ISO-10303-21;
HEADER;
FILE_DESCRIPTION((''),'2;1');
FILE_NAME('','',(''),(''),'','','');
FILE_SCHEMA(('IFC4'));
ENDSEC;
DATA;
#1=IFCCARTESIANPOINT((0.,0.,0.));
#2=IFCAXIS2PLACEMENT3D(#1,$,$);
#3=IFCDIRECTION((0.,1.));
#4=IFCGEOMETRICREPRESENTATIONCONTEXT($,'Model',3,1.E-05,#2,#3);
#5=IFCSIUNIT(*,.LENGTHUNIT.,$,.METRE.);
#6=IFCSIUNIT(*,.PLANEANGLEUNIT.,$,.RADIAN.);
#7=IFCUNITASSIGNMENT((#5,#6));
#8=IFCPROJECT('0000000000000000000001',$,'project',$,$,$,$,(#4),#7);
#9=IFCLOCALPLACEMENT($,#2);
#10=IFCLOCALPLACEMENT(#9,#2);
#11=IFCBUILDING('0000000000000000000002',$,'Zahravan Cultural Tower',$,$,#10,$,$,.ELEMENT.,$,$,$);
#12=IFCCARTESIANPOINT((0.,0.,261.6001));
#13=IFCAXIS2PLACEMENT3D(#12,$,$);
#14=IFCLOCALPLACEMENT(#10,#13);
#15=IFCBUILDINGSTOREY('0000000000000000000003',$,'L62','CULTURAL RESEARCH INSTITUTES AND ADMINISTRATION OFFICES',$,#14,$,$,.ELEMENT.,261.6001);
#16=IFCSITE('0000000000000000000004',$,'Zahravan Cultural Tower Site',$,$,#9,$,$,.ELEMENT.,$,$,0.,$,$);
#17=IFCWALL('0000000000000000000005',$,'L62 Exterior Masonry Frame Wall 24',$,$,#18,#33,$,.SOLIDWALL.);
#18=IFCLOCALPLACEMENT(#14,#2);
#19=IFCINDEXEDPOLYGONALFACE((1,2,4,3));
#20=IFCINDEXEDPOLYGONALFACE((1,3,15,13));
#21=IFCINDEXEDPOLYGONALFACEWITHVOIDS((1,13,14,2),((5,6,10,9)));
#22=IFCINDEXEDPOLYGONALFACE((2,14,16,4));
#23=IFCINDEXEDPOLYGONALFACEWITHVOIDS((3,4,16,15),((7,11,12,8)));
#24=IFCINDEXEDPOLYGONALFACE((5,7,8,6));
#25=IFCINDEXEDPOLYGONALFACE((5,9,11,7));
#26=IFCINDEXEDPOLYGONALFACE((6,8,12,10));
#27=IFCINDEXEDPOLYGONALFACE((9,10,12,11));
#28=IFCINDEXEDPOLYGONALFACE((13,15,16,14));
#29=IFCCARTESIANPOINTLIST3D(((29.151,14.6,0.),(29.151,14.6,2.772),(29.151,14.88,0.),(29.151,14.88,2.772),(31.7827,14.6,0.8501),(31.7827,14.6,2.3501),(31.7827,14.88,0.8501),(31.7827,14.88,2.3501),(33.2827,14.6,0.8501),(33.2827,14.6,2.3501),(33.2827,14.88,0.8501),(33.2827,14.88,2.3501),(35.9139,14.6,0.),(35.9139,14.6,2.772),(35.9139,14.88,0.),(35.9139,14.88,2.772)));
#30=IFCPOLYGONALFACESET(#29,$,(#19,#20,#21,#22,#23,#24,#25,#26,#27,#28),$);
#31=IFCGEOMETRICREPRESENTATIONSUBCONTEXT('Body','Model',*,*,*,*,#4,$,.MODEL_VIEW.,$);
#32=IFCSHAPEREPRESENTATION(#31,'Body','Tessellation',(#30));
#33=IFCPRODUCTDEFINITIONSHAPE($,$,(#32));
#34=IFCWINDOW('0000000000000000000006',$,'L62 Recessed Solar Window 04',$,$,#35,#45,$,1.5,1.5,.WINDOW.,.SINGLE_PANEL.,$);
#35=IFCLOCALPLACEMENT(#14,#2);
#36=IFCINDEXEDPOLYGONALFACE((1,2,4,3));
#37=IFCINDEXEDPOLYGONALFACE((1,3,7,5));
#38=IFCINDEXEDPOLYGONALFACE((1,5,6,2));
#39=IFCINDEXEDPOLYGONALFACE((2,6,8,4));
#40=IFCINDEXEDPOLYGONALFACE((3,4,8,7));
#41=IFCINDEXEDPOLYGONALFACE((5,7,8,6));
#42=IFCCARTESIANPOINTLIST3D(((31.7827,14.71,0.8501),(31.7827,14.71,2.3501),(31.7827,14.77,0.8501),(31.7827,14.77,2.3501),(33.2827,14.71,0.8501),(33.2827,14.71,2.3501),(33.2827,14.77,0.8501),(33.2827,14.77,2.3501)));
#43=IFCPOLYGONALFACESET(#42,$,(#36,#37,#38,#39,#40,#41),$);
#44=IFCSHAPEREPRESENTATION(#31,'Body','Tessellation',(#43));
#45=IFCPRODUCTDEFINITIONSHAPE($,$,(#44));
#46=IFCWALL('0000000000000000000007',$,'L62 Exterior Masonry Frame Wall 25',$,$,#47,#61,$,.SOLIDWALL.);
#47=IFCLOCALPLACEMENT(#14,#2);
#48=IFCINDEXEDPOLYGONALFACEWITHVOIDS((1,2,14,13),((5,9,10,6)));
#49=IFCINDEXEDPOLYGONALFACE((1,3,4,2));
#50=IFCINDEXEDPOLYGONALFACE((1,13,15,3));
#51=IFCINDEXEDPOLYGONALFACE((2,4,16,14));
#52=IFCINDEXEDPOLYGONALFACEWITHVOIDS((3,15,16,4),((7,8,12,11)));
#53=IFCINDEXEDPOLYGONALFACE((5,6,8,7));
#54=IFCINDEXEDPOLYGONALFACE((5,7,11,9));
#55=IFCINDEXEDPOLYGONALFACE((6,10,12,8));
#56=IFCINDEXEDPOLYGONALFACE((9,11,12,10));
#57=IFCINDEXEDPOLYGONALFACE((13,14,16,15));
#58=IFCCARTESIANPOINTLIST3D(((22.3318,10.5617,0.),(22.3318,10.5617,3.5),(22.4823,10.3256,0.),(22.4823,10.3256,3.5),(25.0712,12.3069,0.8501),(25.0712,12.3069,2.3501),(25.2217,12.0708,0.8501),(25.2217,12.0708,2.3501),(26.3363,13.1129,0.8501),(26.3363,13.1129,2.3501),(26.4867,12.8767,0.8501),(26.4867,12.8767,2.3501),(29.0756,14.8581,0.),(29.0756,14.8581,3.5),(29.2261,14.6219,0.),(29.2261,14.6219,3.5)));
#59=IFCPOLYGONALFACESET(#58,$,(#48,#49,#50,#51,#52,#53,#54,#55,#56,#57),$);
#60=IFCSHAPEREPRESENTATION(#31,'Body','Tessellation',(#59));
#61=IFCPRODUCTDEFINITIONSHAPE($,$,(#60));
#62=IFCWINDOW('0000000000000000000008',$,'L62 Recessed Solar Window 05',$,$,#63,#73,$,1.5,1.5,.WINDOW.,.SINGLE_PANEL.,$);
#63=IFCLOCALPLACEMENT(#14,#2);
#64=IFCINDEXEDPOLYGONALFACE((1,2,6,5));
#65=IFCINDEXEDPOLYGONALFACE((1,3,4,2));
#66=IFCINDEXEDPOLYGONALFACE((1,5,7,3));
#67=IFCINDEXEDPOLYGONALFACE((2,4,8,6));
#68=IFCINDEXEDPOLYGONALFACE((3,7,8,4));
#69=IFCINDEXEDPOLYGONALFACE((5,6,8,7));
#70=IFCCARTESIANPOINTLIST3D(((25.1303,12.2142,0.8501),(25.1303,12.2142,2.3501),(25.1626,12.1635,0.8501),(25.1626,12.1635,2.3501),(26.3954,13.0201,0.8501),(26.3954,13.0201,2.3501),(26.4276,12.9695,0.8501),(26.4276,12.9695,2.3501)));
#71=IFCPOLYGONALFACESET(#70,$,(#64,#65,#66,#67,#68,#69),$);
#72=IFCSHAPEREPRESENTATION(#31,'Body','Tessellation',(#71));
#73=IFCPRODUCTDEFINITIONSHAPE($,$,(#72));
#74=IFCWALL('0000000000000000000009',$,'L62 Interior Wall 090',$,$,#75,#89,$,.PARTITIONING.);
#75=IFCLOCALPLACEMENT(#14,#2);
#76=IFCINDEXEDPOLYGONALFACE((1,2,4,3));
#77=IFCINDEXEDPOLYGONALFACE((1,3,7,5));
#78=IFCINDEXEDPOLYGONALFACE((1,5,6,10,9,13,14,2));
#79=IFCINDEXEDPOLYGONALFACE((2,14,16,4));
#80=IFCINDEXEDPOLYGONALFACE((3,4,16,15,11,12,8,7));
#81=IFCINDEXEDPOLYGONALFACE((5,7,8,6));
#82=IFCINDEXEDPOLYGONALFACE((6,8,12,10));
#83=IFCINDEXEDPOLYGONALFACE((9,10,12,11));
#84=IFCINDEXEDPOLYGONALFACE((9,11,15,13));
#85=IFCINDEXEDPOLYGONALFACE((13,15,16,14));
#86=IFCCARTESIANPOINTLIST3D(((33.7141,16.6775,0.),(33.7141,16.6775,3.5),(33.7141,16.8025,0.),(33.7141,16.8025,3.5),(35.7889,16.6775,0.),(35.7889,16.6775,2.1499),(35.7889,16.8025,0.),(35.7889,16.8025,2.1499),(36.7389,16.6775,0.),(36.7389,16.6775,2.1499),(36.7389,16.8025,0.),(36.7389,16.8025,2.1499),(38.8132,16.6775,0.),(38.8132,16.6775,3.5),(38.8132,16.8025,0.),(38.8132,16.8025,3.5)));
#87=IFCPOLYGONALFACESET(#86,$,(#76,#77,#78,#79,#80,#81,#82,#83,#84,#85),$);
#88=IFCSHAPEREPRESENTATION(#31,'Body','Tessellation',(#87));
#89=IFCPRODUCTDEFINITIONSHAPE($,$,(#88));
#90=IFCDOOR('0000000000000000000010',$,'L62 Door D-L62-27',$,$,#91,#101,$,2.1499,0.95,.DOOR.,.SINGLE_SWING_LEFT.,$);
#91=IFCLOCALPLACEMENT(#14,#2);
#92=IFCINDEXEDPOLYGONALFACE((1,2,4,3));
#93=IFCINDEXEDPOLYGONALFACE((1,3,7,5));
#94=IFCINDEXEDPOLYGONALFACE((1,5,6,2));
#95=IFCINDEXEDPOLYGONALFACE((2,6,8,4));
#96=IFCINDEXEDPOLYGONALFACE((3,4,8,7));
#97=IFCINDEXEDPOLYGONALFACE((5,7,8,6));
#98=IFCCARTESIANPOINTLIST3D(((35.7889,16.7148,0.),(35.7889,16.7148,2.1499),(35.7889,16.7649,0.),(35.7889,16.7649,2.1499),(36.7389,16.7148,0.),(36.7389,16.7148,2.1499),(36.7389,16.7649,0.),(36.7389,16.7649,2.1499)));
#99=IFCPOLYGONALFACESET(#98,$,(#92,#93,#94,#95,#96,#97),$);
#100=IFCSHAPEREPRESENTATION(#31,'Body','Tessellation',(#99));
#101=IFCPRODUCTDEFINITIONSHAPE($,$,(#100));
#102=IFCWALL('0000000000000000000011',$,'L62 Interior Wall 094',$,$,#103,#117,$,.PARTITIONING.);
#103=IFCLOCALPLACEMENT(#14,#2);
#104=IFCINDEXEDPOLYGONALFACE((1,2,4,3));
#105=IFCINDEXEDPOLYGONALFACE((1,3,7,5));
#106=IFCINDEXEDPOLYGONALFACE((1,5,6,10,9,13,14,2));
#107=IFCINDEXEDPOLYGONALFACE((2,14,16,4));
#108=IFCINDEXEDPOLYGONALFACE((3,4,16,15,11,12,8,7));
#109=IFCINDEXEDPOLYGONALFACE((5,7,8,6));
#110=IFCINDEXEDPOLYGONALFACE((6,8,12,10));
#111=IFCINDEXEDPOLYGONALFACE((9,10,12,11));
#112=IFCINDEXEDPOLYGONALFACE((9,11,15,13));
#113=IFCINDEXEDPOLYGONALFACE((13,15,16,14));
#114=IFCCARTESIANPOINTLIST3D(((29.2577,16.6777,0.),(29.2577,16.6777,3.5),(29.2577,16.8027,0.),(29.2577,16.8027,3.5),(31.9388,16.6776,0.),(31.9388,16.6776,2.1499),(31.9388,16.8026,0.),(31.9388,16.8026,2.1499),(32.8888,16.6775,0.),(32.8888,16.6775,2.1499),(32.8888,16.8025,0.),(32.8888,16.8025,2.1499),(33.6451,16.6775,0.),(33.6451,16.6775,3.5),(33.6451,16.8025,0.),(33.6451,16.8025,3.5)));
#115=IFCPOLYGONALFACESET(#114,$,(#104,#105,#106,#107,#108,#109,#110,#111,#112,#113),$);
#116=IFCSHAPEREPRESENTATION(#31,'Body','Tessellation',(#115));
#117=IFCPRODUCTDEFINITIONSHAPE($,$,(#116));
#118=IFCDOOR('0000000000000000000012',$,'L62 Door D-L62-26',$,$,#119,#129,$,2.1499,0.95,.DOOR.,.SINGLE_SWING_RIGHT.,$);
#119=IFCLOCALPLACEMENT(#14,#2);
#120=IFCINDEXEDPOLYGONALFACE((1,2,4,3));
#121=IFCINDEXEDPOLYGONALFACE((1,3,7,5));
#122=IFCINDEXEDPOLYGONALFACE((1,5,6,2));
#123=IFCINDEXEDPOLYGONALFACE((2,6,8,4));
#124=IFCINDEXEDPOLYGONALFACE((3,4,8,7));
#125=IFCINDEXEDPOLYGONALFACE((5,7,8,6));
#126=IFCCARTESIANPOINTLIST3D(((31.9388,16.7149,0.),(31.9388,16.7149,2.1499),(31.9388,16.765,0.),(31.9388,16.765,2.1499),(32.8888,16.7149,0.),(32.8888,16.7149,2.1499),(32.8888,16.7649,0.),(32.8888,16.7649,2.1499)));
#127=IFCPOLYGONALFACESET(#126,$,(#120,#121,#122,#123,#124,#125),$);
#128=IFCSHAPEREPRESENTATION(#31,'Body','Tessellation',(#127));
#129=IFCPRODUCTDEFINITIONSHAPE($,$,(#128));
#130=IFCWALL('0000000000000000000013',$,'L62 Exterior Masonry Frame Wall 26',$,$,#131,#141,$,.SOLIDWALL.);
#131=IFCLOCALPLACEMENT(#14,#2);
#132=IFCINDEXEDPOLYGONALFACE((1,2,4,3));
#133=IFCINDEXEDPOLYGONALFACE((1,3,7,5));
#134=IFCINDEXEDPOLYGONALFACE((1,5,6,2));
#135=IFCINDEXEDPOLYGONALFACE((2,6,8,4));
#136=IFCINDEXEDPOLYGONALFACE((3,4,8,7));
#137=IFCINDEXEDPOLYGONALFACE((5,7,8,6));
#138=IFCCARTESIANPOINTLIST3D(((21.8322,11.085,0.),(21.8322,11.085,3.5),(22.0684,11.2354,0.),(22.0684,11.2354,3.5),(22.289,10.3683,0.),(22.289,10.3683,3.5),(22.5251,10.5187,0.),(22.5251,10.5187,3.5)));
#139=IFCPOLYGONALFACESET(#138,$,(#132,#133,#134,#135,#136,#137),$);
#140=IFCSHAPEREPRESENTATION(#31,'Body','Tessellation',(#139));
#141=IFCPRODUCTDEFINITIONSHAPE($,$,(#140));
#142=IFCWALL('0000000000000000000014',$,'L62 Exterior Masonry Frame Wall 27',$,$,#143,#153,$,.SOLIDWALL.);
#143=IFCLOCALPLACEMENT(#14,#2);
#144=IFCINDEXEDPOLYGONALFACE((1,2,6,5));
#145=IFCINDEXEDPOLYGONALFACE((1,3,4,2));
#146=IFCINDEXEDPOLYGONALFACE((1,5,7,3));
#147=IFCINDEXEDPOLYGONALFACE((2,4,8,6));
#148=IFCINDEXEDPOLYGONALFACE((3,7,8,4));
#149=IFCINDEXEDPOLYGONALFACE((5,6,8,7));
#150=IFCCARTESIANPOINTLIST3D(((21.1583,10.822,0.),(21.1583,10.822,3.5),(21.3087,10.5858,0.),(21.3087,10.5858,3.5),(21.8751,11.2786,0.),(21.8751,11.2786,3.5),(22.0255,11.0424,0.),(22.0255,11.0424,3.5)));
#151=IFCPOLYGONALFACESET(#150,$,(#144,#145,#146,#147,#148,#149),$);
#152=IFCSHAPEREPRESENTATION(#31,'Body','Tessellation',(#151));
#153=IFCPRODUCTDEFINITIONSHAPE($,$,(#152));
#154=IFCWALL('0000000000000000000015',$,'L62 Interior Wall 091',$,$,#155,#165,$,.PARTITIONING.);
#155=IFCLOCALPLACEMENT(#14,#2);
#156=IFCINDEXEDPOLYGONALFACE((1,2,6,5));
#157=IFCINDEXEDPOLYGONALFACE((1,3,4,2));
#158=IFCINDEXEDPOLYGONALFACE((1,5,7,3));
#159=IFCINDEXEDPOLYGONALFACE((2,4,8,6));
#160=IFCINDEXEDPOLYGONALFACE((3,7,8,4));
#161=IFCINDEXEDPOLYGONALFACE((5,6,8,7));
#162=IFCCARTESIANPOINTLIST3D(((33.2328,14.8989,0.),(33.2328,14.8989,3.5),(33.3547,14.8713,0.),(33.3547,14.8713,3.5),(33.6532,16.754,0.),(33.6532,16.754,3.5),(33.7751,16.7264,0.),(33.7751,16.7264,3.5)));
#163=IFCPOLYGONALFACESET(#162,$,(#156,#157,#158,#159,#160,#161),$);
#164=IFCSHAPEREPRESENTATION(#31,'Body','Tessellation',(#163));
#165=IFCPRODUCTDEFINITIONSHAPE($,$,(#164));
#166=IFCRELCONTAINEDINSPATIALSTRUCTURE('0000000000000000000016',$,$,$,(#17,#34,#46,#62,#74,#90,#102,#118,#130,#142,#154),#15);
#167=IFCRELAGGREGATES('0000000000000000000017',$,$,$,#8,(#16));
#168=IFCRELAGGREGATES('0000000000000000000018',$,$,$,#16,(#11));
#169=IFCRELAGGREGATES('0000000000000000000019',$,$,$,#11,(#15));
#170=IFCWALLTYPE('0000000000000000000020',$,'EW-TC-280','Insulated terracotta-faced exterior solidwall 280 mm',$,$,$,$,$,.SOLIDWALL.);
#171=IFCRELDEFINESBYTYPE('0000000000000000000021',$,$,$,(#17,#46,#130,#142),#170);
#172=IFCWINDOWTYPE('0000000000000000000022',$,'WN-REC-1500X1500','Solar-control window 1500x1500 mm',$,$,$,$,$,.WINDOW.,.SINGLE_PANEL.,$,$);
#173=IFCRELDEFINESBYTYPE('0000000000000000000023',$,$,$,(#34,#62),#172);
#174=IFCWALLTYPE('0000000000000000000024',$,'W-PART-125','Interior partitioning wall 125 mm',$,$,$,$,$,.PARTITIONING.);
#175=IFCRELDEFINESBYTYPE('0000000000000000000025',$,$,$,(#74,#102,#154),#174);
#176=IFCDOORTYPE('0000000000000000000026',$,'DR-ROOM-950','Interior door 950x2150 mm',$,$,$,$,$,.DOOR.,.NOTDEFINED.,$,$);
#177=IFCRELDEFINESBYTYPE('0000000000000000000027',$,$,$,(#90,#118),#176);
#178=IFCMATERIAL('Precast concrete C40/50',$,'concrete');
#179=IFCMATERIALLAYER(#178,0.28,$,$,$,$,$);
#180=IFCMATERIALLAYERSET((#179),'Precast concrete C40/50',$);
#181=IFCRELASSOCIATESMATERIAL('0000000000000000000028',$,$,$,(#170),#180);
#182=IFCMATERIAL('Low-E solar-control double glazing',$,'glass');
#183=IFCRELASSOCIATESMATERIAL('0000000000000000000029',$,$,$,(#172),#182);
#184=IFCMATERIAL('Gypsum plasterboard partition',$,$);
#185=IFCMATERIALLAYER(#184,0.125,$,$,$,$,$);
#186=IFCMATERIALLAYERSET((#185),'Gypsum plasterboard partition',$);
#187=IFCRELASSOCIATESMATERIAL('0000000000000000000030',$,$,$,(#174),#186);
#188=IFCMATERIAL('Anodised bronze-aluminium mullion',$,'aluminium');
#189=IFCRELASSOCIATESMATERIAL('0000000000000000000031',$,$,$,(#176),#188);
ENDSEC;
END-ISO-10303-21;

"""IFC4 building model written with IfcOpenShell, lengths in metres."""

from ifc_helpers import new_model, si_unit, direction, frame, frame_2d, origin, place, context, subcontext, project, spatial, rectangle, extrude, source, transform, mapped, material, layer, layer_set, type_object, element, fill, save


model = new_model("IFC4")

# Units and contexts
model_context = context("Model", 3, precision=1e-05, world=origin(), true_north=direction((0.0, 1.0)))
body_context = subcontext(model_context, "Body", "Model", "MODEL_VIEW")
ifc_project = project(units=[si_unit("LENGTHUNIT", "METRE"), si_unit("PLANEANGLEUNIT", "RADIAN")], contexts=[model_context])

# Site, building, storey
site_placement = place(None, origin())
site = spatial("IfcSite", under=ifc_project, at=site_placement, Name="Zahravan Cultural Tower Site", CompositionType="ELEMENT", RefElevation=0.0)
building_placement = place(site_placement, origin())
building = spatial("IfcBuilding", under=site, at=building_placement, Name="Zahravan Cultural Tower", CompositionType="ELEMENT")
storey_placement = place(building_placement, frame((0.0, 0.0, 261.6001)))
storey = spatial("IfcBuildingStorey", under=building, at=storey_placement, Name="L62", Description="CULTURAL RESEARCH INSTITUTES AND ADMINISTRATION OFFICES", CompositionType="ELEMENT", Elevation=261.6001)

# Walls, openings, windows
ifc_material_1 = material(Name="Precast concrete C40/50", Category="concrete")
ifc_layer_1 = layer(ifc_material_1, 0.28)
ifc_layer_set_1 = layer_set([ifc_layer_1], Name="Precast concrete C40/50")
wall_type_1 = type_object("IfcWallType", Name="EW-TC-280", Description="Insulated terracotta-faced exterior solidwall 280 mm", PredefinedType="SOLIDWALL", material=ifc_layer_set_1)
wall_1_placement = place(storey_placement, frame((35.9138, 14.74, 0.0), z_axis=(0.0, 0.0, 1.0), x_axis=(-1.0, 0.0, 0.0)))
wall_1 = element("IfcWall", 1, at=wall_1_placement, inside=storey, type_object=wall_type_1, Name="L62 Exterior Masonry Frame Wall 24", PredefinedType="SOLIDWALL", context=body_context, shape_type="SweptSolid", body=[
    extrude(rectangle(XDim=6.7629, YDim=0.28, at=frame_2d((3.3813, 0.0))), origin(), (0.0, 0.0, 1.0), 2.772),
])
opening_1_placement = place(wall_1_placement, frame((2.6311, 0.0, 0.8501)))
opening_1 = element("IfcOpeningElement", 2, at=opening_1_placement, cuts=wall_1, PredefinedType="OPENING", context=body_context, shape_type="SweptSolid", body=[
    extrude(rectangle(XDim=1.5, YDim=1.5, at=frame_2d((0.75, 0.75))), frame((0.0, 0.1499, 0.0), z_axis=(0.0, -1.0, 0.0), x_axis=(1.0, 0.0, 0.0)), (0.0, 0.0, 1.0), 0.3),
])
ifc_material_2 = material(Name="Low-E solar-control double glazing", Category="glass")
window_type = type_object("IfcWindowType", Name="WN-REC-1500X1500", Description="Solar-control window 1500x1500 mm", PartitioningType="SINGLE_PANEL", PredefinedType="WINDOW", material=ifc_material_2)
shared_shape_1 = source(origin(), body_context, "Body", "SweptSolid", [
    extrude(rectangle(XDim=1.5, YDim=1.5, at=frame_2d((0.75, 0.75))), frame((0.0, 0.03, 0.0), z_axis=(0.0, -1.0, 0.0), x_axis=(1.0, 0.0, 0.0)), (0.0, 0.0, 1.0), 0.0601),
])
window_1_placement = place(opening_1_placement, origin())
window_1 = element("IfcWindow", 3, at=window_1_placement, inside=storey, type_object=window_type, Name="L62 Recessed Solar Window 04", OverallHeight=1.5, OverallWidth=1.5, PartitioningType="SINGLE_PANEL", PredefinedType="WINDOW", context=body_context, shape_type="MappedRepresentation", body=[
    mapped(shared_shape_1, transform((0.0, 0.0, 0.0), x_axis=(1.0, 0.0, 0.0), y_axis=(0.0, 1.0, 0.0), z_axis=(0.0, 0.0, 1.0), scale=1.0)),
])
fill(opening_1, window_1)
wall_2_placement = place(storey_placement, frame((29.1509, 14.74, 0.0), z_axis=(0.0, 0.0, 1.0), x_axis=(-0.843389, -0.537304, 0.0)))
wall_2 = element("IfcWall", 4, at=wall_2_placement, inside=storey, type_object=wall_type_1, Name="L62 Exterior Masonry Frame Wall 25", PredefinedType="SOLIDWALL", context=body_context, shape_type="SweptSolid", body=[
    extrude(rectangle(XDim=7.9961, YDim=0.28, at=frame_2d((3.998, 0.0))), origin(), (0.0, 0.0, 1.0), 3.5),
])
opening_2_placement = place(wall_2_placement, frame((3.248, 0.0, 0.8501)))
opening_2 = element("IfcOpeningElement", 5, at=opening_2_placement, cuts=wall_2, PredefinedType="OPENING", context=body_context, shape_type="SweptSolid", body=[
    extrude(rectangle(XDim=1.5, YDim=1.5, at=frame_2d((0.75, 0.75))), frame((0.0, 0.1499, 0.0), z_axis=(0.0, -1.0, 0.0), x_axis=(1.0, 0.0, 0.0)), (0.0, 0.0, 1.0), 0.3),
])
window_2_placement = place(opening_2_placement, origin())
window_2 = element("IfcWindow", 6, at=window_2_placement, inside=storey, type_object=window_type, Name="L62 Recessed Solar Window 05", OverallHeight=1.5, OverallWidth=1.5, PartitioningType="SINGLE_PANEL", PredefinedType="WINDOW", context=body_context, shape_type="MappedRepresentation", body=[
    mapped(shared_shape_1, transform((0.0, 0.0, 0.0), x_axis=(1.0, 0.0, 0.0), y_axis=(0.0, 1.0, 0.0), z_axis=(0.0, 0.0, 1.0), scale=1.0)),
])
fill(opening_2, window_2)

# Walls, openings, doors
ifc_material_3 = material(Name="Gypsum plasterboard partition")
ifc_layer_2 = layer(ifc_material_3, 0.125)
ifc_layer_set_2 = layer_set([ifc_layer_2], Name="Gypsum plasterboard partition")
wall_type_2 = type_object("IfcWallType", Name="W-PART-125", Description="Interior partitioning wall 125 mm", PredefinedType="PARTITIONING", material=ifc_layer_set_2)
wall_3_placement = place(storey_placement, frame((33.7141, 16.74, 0.0), z_axis=(0.0, 0.0, 1.0), x_axis=(1.0, 0.0, 0.0)))
wall_3 = element("IfcWall", 7, at=wall_3_placement, inside=storey, type_object=wall_type_2, Name="L62 Interior Wall 090", PredefinedType="PARTITIONING", context=body_context, shape_type="SweptSolid", body=[
    extrude(rectangle(XDim=5.0991, YDim=0.125, at=frame_2d((2.5496, 0.0))), origin(), (0.0, 0.0, 1.0), 3.5),
])
opening_3_placement = place(wall_3_placement, frame((2.0747, 0.0, 0.0)))
opening_3 = element("IfcOpeningElement", 8, at=opening_3_placement, cuts=wall_3, PredefinedType="OPENING", context=body_context, shape_type="SweptSolid", body=[
    extrude(rectangle(XDim=0.95, YDim=2.1499, at=frame_2d((0.4751, 1.075))), frame((0.0, 0.0725, 0.0), z_axis=(0.0, -1.0, 0.0), x_axis=(1.0, 0.0, 0.0)), (0.0, 0.0, 1.0), 0.145),
])
ifc_material_4 = material(Name="Anodised bronze-aluminium mullion", Category="aluminium")
door_type = type_object("IfcDoorType", Name="DR-ROOM-950", Description="Interior door 950x2150 mm", OperationType="NOTDEFINED", PredefinedType="DOOR", material=ifc_material_4)
shared_shape_2 = source(origin(), body_context, "Body", "SweptSolid", [
    extrude(rectangle(XDim=0.95, YDim=2.1499, at=frame_2d((0.4751, 1.075))), frame((0.0, 0.0249, 0.0), z_axis=(0.0, -1.0, 0.0), x_axis=(1.0, 0.0, 0.0)), (0.0, 0.0, 1.0), 0.05),
])
door_1_placement = place(opening_3_placement, origin())
door_1 = element("IfcDoor", 9, at=door_1_placement, inside=storey, type_object=door_type, Name="L62 Door D-L62-27", OperationType="SINGLE_SWING_LEFT", OverallHeight=2.1499, OverallWidth=0.95, PredefinedType="DOOR", context=body_context, shape_type="MappedRepresentation", body=[
    mapped(shared_shape_2, transform((0.0, 0.0, 0.0), x_axis=(1.0, 0.0, 0.0), y_axis=(0.0, 1.0, 0.0), z_axis=(0.0, 0.0, 1.0), scale=1.0)),
])
fill(opening_3, door_1)
wall_4_placement = place(storey_placement, frame((29.2576, 16.7402, 0.0), z_axis=(0.0, 0.0, 1.0), x_axis=(1.0, -0.000056, 0.0)))
wall_4 = element("IfcWall", 10, at=wall_4_placement, inside=storey, type_object=wall_type_2, Name="L62 Interior Wall 094", PredefinedType="PARTITIONING", context=body_context, shape_type="SweptSolid", body=[
    extrude(rectangle(XDim=4.3875, YDim=0.125, at=frame_2d((2.1938, 0.0))), origin(), (0.0, 0.0, 1.0), 3.5),
])
opening_4_placement = place(wall_4_placement, frame((2.6812, 0.0, 0.0)))
opening_4 = element("IfcOpeningElement", 11, at=opening_4_placement, cuts=wall_4, PredefinedType="OPENING", context=body_context, shape_type="SweptSolid", body=[
    extrude(rectangle(XDim=0.95, YDim=2.1499, at=frame_2d((0.4751, 1.075))), frame((0.0, 0.0725, 0.0), z_axis=(0.0, -1.0, 0.0), x_axis=(1.0, 0.0, 0.0)), (0.0, 0.0, 1.0), 0.145),
])
door_2_placement = place(opening_4_placement, origin())
door_2 = element("IfcDoor", 12, at=door_2_placement, inside=storey, type_object=door_type, Name="L62 Door D-L62-26", OperationType="SINGLE_SWING_RIGHT", OverallHeight=2.1499, OverallWidth=0.95, PredefinedType="DOOR", context=body_context, shape_type="MappedRepresentation", body=[
    mapped(shared_shape_2, transform((0.0, 0.0, 0.0), x_axis=(1.0, 0.0, 0.0), y_axis=(0.0, 1.0, 0.0), z_axis=(0.0, 0.0, 1.0), scale=1.0)),
])
fill(opening_4, door_2)

# Walls
shared_shape_3 = source(origin(), body_context, "Body", "SweptSolid", [
    extrude(rectangle(XDim=0.8499, YDim=0.28, at=frame_2d((0.4248, 0.0))), origin(), (0.0, 0.0, 1.0), 3.5),
])
for number, where, z_axis, x_axis, name in (
    (13, (22.407, 10.4436, 0.0), (0.0, 0.0, 1.0), (-0.537414, 0.843318, 0.0), "L62 Exterior Masonry Frame Wall 26"),
    (14, (21.9502, 11.1604, 0.0), (0.0, 0.0, 1.0), (-0.843448, -0.53721, 0.0), "L62 Exterior Masonry Frame Wall 27"),
):
    element("IfcWall", number, at=place(storey_placement, frame(where, z_axis=z_axis, x_axis=x_axis)), inside=storey, type_object=wall_type_1, Name=name, PredefinedType="SOLIDWALL", context=body_context, shape_type="MappedRepresentation", body=[
        mapped(shared_shape_3, transform((0.0, 0.0, 0.0), x_axis=(1.0, 0.0, 0.0), y_axis=(0.0, 1.0, 0.0), z_axis=(0.0, 0.0, 1.0), scale=1.0)),
    ])
shared_shape_4 = source(origin(), body_context, "Body", "SweptSolid", [
    extrude(rectangle(XDim=1.9021, YDim=0.125, at=frame_2d((0.9512, 0.0))), origin(), (0.0, 0.0, 1.0), 3.5),
])
wall_5_placement = place(storey_placement, frame((33.2937, 14.885, 0.0), z_axis=(0.0, 0.0, 1.0), x_axis=(0.221033, 0.975266, 0.0)))
element("IfcWall", 15, at=wall_5_placement, inside=storey, type_object=wall_type_2, Name="L62 Interior Wall 091", PredefinedType="PARTITIONING", context=body_context, shape_type="MappedRepresentation", body=[
    mapped(shared_shape_4, transform((0.0, 0.0, 0.0), x_axis=(1.0, 0.0, 0.0), y_axis=(0.0, 1.0, 0.0), z_axis=(0.0, 0.0, 1.0), scale=1.0)),
])

save(model, "model.ifc")
